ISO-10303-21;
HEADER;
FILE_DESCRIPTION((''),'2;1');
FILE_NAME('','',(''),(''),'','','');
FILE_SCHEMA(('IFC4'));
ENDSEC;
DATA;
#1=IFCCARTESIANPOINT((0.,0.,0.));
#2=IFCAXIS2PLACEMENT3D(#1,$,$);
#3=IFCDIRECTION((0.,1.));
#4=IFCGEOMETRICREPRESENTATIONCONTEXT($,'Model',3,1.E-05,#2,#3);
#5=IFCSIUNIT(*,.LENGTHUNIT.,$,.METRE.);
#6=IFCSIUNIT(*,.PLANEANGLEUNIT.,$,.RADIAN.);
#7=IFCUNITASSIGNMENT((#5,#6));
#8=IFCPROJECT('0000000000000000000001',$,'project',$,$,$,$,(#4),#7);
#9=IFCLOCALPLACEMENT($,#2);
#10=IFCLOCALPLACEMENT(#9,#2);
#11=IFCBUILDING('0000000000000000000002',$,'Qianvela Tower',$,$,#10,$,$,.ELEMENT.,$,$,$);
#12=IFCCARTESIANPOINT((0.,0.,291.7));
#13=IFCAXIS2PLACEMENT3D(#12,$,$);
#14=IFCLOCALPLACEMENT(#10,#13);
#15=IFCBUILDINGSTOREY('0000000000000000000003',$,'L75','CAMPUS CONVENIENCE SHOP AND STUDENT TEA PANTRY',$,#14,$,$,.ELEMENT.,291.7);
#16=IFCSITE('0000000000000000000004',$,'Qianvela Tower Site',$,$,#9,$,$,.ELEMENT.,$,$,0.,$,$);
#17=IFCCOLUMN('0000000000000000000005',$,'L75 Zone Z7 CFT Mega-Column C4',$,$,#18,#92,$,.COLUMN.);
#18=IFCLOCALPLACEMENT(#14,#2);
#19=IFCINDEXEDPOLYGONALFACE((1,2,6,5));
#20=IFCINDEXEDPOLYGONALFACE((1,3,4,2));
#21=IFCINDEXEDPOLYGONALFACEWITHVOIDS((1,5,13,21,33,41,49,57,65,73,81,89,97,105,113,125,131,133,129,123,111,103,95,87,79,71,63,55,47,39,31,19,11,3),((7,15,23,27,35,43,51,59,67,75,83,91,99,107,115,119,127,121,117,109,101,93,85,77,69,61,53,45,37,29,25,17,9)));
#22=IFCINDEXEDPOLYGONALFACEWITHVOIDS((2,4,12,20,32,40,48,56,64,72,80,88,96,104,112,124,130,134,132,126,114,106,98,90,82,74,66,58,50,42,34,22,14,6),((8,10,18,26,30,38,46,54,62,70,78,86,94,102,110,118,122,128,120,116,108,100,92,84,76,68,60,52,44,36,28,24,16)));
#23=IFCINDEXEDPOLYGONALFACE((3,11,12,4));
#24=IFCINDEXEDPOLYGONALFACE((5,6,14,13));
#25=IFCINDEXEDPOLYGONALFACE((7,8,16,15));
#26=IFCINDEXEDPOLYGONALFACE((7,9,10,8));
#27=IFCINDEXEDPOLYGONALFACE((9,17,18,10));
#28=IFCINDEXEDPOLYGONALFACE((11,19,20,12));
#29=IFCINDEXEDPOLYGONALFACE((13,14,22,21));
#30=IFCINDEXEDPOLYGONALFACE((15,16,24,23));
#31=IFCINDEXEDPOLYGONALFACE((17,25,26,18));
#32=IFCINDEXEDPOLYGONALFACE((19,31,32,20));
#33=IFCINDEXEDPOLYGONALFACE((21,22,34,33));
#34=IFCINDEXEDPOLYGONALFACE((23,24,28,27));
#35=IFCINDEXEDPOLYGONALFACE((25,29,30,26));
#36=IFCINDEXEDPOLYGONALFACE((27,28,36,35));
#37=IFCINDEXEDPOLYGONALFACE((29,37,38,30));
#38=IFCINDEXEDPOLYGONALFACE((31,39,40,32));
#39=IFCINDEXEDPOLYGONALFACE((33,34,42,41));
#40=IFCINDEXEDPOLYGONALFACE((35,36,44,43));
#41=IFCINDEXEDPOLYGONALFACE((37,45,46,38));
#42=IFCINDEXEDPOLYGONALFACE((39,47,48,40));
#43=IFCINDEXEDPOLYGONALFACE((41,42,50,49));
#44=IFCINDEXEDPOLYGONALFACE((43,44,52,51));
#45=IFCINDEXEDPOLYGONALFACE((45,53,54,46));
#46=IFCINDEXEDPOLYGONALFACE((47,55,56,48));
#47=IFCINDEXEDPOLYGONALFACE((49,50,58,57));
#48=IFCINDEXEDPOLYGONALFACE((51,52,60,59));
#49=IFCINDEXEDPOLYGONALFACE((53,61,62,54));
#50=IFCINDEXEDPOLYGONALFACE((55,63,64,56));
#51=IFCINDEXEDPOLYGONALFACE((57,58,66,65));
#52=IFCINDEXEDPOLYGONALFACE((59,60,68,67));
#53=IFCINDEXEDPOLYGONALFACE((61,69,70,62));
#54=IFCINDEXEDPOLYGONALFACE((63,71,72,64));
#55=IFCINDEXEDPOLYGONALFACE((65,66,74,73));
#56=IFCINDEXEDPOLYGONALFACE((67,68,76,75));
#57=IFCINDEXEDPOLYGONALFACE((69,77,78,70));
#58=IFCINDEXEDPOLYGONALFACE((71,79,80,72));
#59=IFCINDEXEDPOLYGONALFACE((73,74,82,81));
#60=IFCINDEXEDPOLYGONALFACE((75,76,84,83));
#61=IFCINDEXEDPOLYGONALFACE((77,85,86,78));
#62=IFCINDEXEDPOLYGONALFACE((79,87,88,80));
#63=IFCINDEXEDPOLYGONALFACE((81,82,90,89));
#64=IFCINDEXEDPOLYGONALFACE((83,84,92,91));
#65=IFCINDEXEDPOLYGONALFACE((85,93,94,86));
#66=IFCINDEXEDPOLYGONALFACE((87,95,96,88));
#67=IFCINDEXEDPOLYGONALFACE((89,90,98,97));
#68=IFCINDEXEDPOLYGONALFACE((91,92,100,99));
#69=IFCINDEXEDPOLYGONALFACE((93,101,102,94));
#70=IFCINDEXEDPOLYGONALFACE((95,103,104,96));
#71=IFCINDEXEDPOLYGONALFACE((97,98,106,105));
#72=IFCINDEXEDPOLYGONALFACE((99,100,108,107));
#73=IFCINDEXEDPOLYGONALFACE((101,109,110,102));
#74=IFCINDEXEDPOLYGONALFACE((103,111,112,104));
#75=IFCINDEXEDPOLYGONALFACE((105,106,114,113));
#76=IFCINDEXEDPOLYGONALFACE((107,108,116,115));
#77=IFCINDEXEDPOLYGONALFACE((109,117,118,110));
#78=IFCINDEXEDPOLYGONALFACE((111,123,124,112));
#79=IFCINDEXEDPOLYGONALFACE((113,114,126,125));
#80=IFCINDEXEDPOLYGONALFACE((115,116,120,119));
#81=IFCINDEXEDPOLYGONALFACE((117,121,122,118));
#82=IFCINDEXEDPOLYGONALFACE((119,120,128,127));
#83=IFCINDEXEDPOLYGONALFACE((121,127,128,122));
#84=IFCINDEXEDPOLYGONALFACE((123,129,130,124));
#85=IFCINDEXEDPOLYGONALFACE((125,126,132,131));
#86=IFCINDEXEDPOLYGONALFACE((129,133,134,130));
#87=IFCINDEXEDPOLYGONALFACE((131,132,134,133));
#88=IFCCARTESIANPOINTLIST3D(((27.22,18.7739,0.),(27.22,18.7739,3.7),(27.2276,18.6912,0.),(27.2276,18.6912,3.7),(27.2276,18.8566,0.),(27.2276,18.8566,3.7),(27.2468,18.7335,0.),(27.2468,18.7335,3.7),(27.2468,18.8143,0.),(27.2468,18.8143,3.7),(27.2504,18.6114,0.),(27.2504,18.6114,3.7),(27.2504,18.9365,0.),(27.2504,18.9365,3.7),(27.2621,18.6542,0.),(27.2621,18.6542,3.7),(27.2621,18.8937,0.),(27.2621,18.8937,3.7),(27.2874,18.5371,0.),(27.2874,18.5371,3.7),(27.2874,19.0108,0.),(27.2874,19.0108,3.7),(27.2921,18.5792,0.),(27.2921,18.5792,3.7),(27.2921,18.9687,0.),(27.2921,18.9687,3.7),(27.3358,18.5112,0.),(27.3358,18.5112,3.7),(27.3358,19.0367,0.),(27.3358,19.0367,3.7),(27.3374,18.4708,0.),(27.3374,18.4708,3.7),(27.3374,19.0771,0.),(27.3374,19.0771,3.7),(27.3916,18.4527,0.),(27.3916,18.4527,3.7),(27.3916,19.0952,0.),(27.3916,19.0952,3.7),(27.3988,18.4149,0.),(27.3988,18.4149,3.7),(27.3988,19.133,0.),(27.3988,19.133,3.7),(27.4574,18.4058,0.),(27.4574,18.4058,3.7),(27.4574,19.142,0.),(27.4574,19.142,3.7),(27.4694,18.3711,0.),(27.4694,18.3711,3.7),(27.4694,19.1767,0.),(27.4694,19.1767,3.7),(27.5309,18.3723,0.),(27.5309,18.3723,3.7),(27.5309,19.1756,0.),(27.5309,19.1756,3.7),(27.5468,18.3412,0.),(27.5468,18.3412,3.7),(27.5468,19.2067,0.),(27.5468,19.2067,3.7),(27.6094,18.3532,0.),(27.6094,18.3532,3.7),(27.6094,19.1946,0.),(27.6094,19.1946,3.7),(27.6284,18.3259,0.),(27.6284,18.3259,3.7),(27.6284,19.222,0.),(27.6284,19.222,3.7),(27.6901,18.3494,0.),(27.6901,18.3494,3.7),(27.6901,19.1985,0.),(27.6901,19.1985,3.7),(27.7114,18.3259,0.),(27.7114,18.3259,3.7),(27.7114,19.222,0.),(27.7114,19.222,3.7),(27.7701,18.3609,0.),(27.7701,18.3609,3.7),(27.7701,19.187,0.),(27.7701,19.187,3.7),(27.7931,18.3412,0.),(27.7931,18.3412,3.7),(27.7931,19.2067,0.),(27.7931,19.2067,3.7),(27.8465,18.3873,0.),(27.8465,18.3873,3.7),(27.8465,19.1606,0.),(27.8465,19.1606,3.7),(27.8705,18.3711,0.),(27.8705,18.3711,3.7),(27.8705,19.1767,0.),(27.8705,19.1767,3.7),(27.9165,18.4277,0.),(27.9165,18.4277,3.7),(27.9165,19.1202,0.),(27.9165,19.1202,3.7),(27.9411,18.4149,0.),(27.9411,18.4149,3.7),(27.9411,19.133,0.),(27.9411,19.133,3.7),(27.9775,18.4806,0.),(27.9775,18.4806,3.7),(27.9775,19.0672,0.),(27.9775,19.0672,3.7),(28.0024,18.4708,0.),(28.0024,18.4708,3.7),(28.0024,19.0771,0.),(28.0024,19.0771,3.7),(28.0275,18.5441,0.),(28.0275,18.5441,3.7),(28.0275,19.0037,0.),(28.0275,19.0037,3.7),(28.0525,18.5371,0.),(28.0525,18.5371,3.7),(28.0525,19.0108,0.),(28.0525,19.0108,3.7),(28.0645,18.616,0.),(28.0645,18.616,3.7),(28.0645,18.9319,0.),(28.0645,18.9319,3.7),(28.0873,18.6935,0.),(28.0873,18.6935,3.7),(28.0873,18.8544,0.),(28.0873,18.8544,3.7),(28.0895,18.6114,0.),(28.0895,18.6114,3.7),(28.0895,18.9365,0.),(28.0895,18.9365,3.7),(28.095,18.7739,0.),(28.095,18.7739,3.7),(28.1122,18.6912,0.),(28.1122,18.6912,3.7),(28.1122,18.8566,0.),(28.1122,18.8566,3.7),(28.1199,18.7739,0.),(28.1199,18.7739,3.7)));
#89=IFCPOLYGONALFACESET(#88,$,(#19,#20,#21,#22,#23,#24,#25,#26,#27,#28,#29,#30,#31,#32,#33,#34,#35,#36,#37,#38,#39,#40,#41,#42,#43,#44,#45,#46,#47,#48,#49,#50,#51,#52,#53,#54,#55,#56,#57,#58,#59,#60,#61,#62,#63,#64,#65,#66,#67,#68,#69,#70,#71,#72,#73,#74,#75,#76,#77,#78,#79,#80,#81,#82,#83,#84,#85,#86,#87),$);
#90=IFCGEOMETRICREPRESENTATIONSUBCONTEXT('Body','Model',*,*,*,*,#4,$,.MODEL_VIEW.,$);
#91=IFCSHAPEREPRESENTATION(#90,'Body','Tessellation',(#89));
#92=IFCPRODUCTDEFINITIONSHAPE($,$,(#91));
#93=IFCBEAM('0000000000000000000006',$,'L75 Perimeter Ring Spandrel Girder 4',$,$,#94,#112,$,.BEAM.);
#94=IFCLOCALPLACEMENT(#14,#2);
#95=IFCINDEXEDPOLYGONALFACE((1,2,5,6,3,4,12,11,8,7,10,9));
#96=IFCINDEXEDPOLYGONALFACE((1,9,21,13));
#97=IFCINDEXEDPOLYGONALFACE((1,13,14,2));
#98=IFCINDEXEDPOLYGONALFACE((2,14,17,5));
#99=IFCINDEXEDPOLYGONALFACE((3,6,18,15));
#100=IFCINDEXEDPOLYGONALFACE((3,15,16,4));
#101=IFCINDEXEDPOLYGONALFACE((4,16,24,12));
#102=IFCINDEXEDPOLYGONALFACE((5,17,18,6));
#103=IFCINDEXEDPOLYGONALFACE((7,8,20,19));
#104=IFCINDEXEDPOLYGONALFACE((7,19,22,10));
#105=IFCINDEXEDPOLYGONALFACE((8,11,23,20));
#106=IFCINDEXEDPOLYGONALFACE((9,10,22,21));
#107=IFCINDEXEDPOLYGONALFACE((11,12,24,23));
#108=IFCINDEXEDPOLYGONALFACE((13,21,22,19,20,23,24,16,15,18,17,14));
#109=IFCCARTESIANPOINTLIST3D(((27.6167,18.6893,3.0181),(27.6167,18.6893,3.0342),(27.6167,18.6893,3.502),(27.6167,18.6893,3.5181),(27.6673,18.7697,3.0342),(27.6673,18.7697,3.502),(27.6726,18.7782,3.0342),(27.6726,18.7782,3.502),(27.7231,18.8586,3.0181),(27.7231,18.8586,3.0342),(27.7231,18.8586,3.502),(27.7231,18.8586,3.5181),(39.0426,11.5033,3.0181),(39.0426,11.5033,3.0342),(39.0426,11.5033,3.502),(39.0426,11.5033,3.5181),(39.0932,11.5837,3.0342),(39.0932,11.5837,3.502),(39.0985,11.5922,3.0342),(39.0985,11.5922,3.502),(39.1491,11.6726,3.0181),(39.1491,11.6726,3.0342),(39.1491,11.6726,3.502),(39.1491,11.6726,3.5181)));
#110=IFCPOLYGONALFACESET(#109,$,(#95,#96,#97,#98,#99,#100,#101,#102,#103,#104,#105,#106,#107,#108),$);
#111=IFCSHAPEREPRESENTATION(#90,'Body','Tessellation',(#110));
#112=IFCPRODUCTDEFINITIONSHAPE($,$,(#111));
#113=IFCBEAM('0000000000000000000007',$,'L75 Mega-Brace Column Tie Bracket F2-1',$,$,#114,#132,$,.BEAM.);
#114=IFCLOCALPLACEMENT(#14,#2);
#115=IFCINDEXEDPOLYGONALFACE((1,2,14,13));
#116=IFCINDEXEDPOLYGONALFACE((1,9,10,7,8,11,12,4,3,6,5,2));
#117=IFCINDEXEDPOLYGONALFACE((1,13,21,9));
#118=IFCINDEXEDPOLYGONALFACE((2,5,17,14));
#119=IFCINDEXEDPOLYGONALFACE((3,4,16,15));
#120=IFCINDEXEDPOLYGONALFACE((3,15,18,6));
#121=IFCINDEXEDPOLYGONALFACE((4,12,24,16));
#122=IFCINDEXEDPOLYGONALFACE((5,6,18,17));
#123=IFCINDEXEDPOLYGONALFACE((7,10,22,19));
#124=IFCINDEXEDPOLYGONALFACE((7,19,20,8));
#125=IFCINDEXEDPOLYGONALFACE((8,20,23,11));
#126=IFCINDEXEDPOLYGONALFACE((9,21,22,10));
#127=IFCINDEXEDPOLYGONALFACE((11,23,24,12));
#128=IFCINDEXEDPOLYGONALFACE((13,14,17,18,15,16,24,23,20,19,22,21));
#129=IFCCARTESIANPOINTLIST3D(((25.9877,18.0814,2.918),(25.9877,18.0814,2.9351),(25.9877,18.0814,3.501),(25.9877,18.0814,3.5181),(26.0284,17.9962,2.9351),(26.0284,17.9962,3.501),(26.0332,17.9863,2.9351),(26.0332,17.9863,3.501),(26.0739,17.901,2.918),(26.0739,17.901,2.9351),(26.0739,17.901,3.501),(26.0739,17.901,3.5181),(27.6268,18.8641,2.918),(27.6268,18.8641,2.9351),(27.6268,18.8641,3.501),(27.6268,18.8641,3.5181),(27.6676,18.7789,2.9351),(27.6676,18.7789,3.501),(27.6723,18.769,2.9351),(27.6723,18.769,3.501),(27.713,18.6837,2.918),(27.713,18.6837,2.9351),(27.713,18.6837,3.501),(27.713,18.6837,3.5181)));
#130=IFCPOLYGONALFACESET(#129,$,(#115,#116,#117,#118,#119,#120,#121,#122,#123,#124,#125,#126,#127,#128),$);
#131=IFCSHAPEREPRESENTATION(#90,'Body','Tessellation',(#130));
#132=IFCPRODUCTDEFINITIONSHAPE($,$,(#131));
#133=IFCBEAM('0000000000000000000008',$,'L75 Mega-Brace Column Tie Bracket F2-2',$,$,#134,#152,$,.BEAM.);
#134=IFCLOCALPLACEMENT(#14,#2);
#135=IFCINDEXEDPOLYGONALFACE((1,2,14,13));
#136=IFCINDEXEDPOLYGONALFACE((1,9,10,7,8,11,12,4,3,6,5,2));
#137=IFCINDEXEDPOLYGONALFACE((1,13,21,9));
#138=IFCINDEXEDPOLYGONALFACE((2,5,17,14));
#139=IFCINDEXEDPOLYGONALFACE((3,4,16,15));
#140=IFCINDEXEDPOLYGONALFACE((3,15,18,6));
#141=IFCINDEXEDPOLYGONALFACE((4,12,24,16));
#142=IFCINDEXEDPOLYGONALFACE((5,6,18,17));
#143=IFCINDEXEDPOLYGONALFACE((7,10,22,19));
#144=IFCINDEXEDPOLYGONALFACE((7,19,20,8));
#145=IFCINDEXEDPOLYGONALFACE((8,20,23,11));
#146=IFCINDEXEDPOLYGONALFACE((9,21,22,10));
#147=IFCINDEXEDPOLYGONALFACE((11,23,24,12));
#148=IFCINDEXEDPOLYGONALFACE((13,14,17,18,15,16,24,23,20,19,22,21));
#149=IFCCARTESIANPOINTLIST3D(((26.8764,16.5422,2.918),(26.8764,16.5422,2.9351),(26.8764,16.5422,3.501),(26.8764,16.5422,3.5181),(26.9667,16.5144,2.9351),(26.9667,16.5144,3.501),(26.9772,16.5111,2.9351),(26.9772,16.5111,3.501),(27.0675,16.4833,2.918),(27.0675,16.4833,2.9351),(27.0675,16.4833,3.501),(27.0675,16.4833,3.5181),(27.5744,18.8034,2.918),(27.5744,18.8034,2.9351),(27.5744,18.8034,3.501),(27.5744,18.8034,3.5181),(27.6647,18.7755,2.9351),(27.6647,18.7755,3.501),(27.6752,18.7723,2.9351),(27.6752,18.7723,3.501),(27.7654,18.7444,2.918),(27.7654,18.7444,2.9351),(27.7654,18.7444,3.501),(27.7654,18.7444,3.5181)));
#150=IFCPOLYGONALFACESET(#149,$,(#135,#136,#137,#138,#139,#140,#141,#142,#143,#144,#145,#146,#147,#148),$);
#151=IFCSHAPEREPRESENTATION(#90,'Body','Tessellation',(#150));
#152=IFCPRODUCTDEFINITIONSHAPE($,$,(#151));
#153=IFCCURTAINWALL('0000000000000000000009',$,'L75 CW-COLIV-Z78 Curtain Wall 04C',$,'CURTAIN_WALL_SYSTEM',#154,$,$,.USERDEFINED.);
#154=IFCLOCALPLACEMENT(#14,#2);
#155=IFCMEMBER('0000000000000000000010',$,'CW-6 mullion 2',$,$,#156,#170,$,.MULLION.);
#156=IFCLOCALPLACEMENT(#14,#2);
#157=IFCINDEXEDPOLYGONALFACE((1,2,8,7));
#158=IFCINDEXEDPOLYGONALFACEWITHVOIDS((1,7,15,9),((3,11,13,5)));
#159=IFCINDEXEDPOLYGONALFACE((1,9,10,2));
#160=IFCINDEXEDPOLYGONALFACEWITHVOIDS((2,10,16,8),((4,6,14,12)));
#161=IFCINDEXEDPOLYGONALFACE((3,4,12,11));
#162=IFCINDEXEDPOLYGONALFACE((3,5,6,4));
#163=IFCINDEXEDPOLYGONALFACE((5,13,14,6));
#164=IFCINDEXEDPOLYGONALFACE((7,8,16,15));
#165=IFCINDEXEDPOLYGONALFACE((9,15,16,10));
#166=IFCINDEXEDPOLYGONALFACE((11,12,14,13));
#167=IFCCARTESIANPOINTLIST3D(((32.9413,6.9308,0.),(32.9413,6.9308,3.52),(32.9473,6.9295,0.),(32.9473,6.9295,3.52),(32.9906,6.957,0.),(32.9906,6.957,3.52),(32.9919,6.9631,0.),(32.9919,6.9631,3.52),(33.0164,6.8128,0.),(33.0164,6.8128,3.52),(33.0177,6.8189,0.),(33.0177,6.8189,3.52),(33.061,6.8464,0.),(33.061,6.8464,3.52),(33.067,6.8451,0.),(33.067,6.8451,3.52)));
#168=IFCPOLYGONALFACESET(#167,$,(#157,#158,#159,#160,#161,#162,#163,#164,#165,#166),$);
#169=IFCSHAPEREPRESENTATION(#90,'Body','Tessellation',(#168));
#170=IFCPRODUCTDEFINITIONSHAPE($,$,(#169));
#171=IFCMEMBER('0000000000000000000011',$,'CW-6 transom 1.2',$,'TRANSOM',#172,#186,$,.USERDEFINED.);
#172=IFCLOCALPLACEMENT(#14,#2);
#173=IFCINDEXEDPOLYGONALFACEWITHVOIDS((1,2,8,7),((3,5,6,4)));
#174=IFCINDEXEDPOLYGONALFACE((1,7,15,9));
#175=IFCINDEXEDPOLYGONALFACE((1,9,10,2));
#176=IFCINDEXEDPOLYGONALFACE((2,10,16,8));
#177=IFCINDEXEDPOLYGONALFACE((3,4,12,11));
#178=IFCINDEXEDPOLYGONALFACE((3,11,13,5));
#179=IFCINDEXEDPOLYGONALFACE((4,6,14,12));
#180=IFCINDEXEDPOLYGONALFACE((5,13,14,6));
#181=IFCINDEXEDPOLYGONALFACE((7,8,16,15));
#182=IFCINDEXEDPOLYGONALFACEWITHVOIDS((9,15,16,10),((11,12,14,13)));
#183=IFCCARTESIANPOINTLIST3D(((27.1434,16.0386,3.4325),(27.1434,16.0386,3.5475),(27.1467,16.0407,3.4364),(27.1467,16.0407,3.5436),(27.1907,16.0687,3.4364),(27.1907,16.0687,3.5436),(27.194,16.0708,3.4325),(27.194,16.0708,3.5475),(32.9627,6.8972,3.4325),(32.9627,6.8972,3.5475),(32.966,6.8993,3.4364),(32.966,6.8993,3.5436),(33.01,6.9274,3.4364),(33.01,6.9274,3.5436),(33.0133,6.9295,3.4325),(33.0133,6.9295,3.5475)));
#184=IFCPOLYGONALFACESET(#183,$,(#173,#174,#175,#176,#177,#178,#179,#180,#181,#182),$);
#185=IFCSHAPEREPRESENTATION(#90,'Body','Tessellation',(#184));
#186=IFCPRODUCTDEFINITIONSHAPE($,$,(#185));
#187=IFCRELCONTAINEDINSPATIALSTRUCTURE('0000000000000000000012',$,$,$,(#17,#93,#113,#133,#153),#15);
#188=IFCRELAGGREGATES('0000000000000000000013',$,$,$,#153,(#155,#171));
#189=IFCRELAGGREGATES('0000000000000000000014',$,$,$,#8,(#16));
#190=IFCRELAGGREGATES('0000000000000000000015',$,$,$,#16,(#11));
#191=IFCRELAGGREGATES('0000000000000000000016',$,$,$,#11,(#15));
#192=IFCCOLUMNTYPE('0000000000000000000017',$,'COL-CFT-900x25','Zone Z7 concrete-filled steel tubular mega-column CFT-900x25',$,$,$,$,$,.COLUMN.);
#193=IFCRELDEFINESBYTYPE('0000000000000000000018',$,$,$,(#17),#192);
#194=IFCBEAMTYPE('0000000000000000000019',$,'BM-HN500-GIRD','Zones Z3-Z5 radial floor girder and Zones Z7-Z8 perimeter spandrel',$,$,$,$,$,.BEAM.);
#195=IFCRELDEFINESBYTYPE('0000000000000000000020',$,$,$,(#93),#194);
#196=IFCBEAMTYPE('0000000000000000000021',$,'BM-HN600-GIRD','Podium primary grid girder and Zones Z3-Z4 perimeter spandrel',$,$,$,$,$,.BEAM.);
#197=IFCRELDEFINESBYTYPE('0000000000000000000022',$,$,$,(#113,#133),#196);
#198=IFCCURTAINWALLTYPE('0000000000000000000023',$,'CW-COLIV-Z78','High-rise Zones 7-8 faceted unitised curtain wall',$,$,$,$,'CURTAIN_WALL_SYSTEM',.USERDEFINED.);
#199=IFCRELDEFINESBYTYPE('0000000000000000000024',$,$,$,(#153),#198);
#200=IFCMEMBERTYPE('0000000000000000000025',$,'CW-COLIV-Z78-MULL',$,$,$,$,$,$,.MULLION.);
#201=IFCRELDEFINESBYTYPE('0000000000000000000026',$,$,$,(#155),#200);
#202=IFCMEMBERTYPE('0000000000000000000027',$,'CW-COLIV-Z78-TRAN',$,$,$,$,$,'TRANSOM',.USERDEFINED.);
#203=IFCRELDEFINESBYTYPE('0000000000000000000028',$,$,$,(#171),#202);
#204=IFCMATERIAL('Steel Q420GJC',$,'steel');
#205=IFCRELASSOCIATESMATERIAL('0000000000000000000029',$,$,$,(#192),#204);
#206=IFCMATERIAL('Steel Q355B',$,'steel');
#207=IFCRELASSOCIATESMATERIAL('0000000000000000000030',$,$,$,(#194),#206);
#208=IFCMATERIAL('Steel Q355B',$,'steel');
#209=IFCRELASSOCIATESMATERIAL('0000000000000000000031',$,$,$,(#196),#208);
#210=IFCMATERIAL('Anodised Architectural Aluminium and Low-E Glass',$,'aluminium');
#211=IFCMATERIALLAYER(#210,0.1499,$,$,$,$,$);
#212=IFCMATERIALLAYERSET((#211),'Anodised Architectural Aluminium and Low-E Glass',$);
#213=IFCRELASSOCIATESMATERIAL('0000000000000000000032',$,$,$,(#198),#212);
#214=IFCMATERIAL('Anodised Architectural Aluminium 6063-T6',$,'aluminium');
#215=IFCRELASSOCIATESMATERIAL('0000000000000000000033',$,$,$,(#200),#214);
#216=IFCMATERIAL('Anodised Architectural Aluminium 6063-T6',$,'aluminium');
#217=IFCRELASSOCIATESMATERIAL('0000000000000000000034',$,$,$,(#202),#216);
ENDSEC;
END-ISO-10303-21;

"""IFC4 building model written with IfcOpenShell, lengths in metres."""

from ifc_helpers import new_model, si_unit, direction, frame, origin, origin_2d, place, context, subcontext, project, spatial, hollow_rectangle, hollow_circle, i_section, extrude, material, layer, layer_set, material_profile, profile_set, type_object, element, aggregate, save


model = new_model("IFC4")

# Units and contexts
model_context = context("Model", 3, precision=1e-05, world=origin(), true_north=direction((0.0, 1.0)))
body_context = subcontext(model_context, "Body", "Model", "MODEL_VIEW")
ifc_project = project(units=[si_unit("LENGTHUNIT", "METRE"), si_unit("PLANEANGLEUNIT", "RADIAN")], contexts=[model_context])

# Site, building, storey
site_placement = place(None, origin())
site = spatial("IfcSite", under=ifc_project, at=site_placement, Name="Qianvela Tower Site", CompositionType="ELEMENT", RefElevation=0.0)
building_placement = place(site_placement, origin())
building = spatial("IfcBuilding", under=site, at=building_placement, Name="Qianvela Tower", CompositionType="ELEMENT")
storey_placement = place(building_placement, frame((0.0, 0.0, 291.7)))
storey = spatial("IfcBuildingStorey", under=building, at=storey_placement, Name="L75", Description="CAMPUS CONVENIENCE SHOP AND STUDENT TEA PANTRY", CompositionType="ELEMENT", Elevation=291.7)

# Column
ifc_material_1 = material(Name="Steel Q420GJC", Category="steel")
ifc_material_profile_1 = material_profile(ifc_material_1, hollow_circle(Radius=0.45, WallThickness=0.0249, at=origin_2d()), Name="CFT-900x25")
ifc_profile_set_1 = profile_set([ifc_material_profile_1], Name="Steel Q420GJC")
column_type = type_object("IfcColumnType", Name="COL-CFT-900x25", Description="Zone Z7 concrete-filled steel tubular mega-column CFT-900x25", PredefinedType="COLUMN", material=ifc_profile_set_1)
column_placement = place(storey_placement, frame((27.6699, 18.7739, 0.0), z_axis=(0.0, 0.0, 1.0), x_axis=(1.0, 0.0, 0.0)))
element("IfcColumn", 1, at=column_placement, inside=storey, type_object=column_type, Name="L75 Zone Z7 CFT Mega-Column C4", PredefinedType="COLUMN", context=body_context, shape_type="SweptSolid", body=[
    extrude(hollow_circle(Radius=0.45, WallThickness=0.0249, at=origin_2d()), origin(), (0.0, 0.0, 1.0), 3.7),
])

# Beams
ifc_material_2 = material(Name="Steel Q355B", Category="steel")
ifc_material_profile_2 = material_profile(ifc_material_2, i_section(OverallWidth=0.2, OverallDepth=0.5, WebThickness=0.01, FlangeThickness=0.0161, at=origin_2d()), Name="HN500x200x10x16")
ifc_profile_set_2 = profile_set([ifc_material_profile_2], Name="Steel Q355B")
beam_type_1 = type_object("IfcBeamType", Name="BM-HN500-GIRD", Description="Zones Z3-Z5 radial floor girder and Zones Z7-Z8 perimeter spandrel", PredefinedType="BEAM", material=ifc_profile_set_2)
beam_1_placement = place(storey_placement, frame((27.6699, 18.7739, 3.2681), z_axis=(0.846504, -0.532382, 0.0), x_axis=(0.532382, 0.846504, 0.0)))
element("IfcBeam", 2, at=beam_1_placement, inside=storey, type_object=beam_type_1, Name="L75 Perimeter Ring Spandrel Girder 4", PredefinedType="BEAM", context=body_context, shape_type="SweptSolid", body=[
    extrude(i_section(OverallWidth=0.2, OverallDepth=0.5, WebThickness=0.01, FlangeThickness=0.0161, at=origin_2d()), origin(), (0.0, 0.0, 1.0), 13.4978),
])
ifc_material_3 = material(Name="Steel Q355B", Category="steel")
ifc_material_profile_3 = material_profile(ifc_material_3, i_section(OverallWidth=0.2, OverallDepth=0.6001, WebThickness=0.011, FlangeThickness=0.0171, at=origin_2d()), Name="HN600x200x11x17")
ifc_profile_set_3 = profile_set([ifc_material_profile_3], Name="Steel Q355B")
beam_type_2 = type_object("IfcBeamType", Name="BM-HN600-GIRD", Description="Podium primary grid girder and Zones Z3-Z4 perimeter spandrel", PredefinedType="BEAM", material=ifc_profile_set_3)
beam_2_placement = place(storey_placement, frame((27.6699, 18.7739, 3.218), z_axis=(-0.902398, -0.430904, 0.0), x_axis=(0.430904, -0.902398, 0.0)))
element("IfcBeam", 3, at=beam_2_placement, inside=storey, type_object=beam_type_2, Name="L75 Mega-Brace Column Tie Bracket F2-1", PredefinedType="BEAM", context=body_context, shape_type="SweptSolid", body=[
    extrude(i_section(OverallWidth=0.2, OverallDepth=0.6001, WebThickness=0.011, FlangeThickness=0.0171, at=origin_2d()), origin(), (0.0, 0.0, 1.0), 1.8164),
])
beam_3_placement = place(storey_placement, frame((27.6699, 18.7739, 3.218), z_axis=(-0.294948, -0.955513, 0.0), x_axis=(0.955513, -0.294948, 0.0)))
element("IfcBeam", 4, at=beam_3_placement, inside=storey, type_object=beam_type_2, Name="L75 Mega-Brace Column Tie Bracket F2-2", PredefinedType="BEAM", context=body_context, shape_type="SweptSolid", body=[
    extrude(i_section(OverallWidth=0.2, OverallDepth=0.6001, WebThickness=0.011, FlangeThickness=0.0171, at=origin_2d()), origin(), (0.0, 0.0, 1.0), 2.3665),
])

# Curtain wall, members
ifc_material_4 = material(Name="Anodised Architectural Aluminium and Low-E Glass", Category="aluminium")
ifc_layer_1 = layer(ifc_material_4, 0.1499)
ifc_layer_set_1 = layer_set([ifc_layer_1], Name="Anodised Architectural Aluminium and Low-E Glass")
curtain_wall_type = type_object("IfcCurtainWallType", Name="CW-COLIV-Z78", Description="High-rise Zones 7-8 faceted unitised curtain wall", ElementType="CURTAIN_WALL_SYSTEM", PredefinedType="USERDEFINED", material=ifc_layer_set_1)
curtain_wall_placement = place(storey_placement, origin())
curtain_wall = element("IfcCurtainWall", 5, at=curtain_wall_placement, inside=storey, type_object=curtain_wall_type, Name="L75 CW-COLIV-Z78 Curtain Wall 04C", ObjectType="CURTAIN_WALL_SYSTEM", PredefinedType="USERDEFINED")
ifc_material_5 = material(Name="Anodised Architectural Aluminium 6063-T6", Category="aluminium")
ifc_material_profile_4 = material_profile(ifc_material_5, hollow_rectangle(XDim=0.0601, YDim=0.1399, WallThickness=0.0044, at=origin_2d()), Name="ALU-MULL-60x140")
ifc_profile_set_4 = profile_set([ifc_material_profile_4], Name="Anodised Architectural Aluminium 6063-T6")
member_type_1 = type_object("IfcMemberType", Name="CW-COLIV-Z78-MULL", PredefinedType="MULLION", material=ifc_profile_set_4)
member_1_placement = place(storey_placement, frame((33.0042, 6.8879, 0.0), z_axis=(0.0, 0.0, 1.0), x_axis=(0.84358, 0.537004, 0.0)))
member_1 = element("IfcMember", 6, at=member_1_placement, type_object=member_type_1, Name="CW-6 mullion 2", PredefinedType="MULLION", context=body_context, shape_type="SweptSolid", body=[
    extrude(hollow_rectangle(XDim=0.0601, YDim=0.1399, WallThickness=0.0044, at=origin_2d()), origin(), (0.0, 0.0, 1.0), 3.52),
])
ifc_material_6 = material(Name="Anodised Architectural Aluminium 6063-T6", Category="aluminium")
ifc_material_profile_5 = material_profile(ifc_material_6, hollow_rectangle(XDim=0.0601, YDim=0.115, WallThickness=0.0039, at=origin_2d()), Name="ALU-TRAN-60x115")
ifc_profile_set_5 = profile_set([ifc_material_profile_5], Name="Anodised Architectural Aluminium 6063-T6")
member_type_2 = type_object("IfcMemberType", Name="CW-COLIV-Z78-TRAN", ElementType="TRANSOM", PredefinedType="USERDEFINED", material=ifc_profile_set_5)
member_2_placement = place(storey_placement, frame((27.1687, 16.0547, 3.49), z_axis=(0.537014, -0.843573, 0.0), x_axis=(0.843573, 0.537014, 0.0)))
member_2 = element("IfcMember", 7, at=member_2_placement, type_object=member_type_2, Name="CW-6 transom 1.2", ObjectType="TRANSOM", PredefinedType="USERDEFINED", context=body_context, shape_type="SweptSolid", body=[
    extrude(hollow_rectangle(XDim=0.0601, YDim=0.115, WallThickness=0.0039, at=origin_2d()), origin(), (0.0, 0.0, 1.0), 10.8364),
])
aggregate(curtain_wall, [member_1, member_2])

save(model, "model.ifc")
